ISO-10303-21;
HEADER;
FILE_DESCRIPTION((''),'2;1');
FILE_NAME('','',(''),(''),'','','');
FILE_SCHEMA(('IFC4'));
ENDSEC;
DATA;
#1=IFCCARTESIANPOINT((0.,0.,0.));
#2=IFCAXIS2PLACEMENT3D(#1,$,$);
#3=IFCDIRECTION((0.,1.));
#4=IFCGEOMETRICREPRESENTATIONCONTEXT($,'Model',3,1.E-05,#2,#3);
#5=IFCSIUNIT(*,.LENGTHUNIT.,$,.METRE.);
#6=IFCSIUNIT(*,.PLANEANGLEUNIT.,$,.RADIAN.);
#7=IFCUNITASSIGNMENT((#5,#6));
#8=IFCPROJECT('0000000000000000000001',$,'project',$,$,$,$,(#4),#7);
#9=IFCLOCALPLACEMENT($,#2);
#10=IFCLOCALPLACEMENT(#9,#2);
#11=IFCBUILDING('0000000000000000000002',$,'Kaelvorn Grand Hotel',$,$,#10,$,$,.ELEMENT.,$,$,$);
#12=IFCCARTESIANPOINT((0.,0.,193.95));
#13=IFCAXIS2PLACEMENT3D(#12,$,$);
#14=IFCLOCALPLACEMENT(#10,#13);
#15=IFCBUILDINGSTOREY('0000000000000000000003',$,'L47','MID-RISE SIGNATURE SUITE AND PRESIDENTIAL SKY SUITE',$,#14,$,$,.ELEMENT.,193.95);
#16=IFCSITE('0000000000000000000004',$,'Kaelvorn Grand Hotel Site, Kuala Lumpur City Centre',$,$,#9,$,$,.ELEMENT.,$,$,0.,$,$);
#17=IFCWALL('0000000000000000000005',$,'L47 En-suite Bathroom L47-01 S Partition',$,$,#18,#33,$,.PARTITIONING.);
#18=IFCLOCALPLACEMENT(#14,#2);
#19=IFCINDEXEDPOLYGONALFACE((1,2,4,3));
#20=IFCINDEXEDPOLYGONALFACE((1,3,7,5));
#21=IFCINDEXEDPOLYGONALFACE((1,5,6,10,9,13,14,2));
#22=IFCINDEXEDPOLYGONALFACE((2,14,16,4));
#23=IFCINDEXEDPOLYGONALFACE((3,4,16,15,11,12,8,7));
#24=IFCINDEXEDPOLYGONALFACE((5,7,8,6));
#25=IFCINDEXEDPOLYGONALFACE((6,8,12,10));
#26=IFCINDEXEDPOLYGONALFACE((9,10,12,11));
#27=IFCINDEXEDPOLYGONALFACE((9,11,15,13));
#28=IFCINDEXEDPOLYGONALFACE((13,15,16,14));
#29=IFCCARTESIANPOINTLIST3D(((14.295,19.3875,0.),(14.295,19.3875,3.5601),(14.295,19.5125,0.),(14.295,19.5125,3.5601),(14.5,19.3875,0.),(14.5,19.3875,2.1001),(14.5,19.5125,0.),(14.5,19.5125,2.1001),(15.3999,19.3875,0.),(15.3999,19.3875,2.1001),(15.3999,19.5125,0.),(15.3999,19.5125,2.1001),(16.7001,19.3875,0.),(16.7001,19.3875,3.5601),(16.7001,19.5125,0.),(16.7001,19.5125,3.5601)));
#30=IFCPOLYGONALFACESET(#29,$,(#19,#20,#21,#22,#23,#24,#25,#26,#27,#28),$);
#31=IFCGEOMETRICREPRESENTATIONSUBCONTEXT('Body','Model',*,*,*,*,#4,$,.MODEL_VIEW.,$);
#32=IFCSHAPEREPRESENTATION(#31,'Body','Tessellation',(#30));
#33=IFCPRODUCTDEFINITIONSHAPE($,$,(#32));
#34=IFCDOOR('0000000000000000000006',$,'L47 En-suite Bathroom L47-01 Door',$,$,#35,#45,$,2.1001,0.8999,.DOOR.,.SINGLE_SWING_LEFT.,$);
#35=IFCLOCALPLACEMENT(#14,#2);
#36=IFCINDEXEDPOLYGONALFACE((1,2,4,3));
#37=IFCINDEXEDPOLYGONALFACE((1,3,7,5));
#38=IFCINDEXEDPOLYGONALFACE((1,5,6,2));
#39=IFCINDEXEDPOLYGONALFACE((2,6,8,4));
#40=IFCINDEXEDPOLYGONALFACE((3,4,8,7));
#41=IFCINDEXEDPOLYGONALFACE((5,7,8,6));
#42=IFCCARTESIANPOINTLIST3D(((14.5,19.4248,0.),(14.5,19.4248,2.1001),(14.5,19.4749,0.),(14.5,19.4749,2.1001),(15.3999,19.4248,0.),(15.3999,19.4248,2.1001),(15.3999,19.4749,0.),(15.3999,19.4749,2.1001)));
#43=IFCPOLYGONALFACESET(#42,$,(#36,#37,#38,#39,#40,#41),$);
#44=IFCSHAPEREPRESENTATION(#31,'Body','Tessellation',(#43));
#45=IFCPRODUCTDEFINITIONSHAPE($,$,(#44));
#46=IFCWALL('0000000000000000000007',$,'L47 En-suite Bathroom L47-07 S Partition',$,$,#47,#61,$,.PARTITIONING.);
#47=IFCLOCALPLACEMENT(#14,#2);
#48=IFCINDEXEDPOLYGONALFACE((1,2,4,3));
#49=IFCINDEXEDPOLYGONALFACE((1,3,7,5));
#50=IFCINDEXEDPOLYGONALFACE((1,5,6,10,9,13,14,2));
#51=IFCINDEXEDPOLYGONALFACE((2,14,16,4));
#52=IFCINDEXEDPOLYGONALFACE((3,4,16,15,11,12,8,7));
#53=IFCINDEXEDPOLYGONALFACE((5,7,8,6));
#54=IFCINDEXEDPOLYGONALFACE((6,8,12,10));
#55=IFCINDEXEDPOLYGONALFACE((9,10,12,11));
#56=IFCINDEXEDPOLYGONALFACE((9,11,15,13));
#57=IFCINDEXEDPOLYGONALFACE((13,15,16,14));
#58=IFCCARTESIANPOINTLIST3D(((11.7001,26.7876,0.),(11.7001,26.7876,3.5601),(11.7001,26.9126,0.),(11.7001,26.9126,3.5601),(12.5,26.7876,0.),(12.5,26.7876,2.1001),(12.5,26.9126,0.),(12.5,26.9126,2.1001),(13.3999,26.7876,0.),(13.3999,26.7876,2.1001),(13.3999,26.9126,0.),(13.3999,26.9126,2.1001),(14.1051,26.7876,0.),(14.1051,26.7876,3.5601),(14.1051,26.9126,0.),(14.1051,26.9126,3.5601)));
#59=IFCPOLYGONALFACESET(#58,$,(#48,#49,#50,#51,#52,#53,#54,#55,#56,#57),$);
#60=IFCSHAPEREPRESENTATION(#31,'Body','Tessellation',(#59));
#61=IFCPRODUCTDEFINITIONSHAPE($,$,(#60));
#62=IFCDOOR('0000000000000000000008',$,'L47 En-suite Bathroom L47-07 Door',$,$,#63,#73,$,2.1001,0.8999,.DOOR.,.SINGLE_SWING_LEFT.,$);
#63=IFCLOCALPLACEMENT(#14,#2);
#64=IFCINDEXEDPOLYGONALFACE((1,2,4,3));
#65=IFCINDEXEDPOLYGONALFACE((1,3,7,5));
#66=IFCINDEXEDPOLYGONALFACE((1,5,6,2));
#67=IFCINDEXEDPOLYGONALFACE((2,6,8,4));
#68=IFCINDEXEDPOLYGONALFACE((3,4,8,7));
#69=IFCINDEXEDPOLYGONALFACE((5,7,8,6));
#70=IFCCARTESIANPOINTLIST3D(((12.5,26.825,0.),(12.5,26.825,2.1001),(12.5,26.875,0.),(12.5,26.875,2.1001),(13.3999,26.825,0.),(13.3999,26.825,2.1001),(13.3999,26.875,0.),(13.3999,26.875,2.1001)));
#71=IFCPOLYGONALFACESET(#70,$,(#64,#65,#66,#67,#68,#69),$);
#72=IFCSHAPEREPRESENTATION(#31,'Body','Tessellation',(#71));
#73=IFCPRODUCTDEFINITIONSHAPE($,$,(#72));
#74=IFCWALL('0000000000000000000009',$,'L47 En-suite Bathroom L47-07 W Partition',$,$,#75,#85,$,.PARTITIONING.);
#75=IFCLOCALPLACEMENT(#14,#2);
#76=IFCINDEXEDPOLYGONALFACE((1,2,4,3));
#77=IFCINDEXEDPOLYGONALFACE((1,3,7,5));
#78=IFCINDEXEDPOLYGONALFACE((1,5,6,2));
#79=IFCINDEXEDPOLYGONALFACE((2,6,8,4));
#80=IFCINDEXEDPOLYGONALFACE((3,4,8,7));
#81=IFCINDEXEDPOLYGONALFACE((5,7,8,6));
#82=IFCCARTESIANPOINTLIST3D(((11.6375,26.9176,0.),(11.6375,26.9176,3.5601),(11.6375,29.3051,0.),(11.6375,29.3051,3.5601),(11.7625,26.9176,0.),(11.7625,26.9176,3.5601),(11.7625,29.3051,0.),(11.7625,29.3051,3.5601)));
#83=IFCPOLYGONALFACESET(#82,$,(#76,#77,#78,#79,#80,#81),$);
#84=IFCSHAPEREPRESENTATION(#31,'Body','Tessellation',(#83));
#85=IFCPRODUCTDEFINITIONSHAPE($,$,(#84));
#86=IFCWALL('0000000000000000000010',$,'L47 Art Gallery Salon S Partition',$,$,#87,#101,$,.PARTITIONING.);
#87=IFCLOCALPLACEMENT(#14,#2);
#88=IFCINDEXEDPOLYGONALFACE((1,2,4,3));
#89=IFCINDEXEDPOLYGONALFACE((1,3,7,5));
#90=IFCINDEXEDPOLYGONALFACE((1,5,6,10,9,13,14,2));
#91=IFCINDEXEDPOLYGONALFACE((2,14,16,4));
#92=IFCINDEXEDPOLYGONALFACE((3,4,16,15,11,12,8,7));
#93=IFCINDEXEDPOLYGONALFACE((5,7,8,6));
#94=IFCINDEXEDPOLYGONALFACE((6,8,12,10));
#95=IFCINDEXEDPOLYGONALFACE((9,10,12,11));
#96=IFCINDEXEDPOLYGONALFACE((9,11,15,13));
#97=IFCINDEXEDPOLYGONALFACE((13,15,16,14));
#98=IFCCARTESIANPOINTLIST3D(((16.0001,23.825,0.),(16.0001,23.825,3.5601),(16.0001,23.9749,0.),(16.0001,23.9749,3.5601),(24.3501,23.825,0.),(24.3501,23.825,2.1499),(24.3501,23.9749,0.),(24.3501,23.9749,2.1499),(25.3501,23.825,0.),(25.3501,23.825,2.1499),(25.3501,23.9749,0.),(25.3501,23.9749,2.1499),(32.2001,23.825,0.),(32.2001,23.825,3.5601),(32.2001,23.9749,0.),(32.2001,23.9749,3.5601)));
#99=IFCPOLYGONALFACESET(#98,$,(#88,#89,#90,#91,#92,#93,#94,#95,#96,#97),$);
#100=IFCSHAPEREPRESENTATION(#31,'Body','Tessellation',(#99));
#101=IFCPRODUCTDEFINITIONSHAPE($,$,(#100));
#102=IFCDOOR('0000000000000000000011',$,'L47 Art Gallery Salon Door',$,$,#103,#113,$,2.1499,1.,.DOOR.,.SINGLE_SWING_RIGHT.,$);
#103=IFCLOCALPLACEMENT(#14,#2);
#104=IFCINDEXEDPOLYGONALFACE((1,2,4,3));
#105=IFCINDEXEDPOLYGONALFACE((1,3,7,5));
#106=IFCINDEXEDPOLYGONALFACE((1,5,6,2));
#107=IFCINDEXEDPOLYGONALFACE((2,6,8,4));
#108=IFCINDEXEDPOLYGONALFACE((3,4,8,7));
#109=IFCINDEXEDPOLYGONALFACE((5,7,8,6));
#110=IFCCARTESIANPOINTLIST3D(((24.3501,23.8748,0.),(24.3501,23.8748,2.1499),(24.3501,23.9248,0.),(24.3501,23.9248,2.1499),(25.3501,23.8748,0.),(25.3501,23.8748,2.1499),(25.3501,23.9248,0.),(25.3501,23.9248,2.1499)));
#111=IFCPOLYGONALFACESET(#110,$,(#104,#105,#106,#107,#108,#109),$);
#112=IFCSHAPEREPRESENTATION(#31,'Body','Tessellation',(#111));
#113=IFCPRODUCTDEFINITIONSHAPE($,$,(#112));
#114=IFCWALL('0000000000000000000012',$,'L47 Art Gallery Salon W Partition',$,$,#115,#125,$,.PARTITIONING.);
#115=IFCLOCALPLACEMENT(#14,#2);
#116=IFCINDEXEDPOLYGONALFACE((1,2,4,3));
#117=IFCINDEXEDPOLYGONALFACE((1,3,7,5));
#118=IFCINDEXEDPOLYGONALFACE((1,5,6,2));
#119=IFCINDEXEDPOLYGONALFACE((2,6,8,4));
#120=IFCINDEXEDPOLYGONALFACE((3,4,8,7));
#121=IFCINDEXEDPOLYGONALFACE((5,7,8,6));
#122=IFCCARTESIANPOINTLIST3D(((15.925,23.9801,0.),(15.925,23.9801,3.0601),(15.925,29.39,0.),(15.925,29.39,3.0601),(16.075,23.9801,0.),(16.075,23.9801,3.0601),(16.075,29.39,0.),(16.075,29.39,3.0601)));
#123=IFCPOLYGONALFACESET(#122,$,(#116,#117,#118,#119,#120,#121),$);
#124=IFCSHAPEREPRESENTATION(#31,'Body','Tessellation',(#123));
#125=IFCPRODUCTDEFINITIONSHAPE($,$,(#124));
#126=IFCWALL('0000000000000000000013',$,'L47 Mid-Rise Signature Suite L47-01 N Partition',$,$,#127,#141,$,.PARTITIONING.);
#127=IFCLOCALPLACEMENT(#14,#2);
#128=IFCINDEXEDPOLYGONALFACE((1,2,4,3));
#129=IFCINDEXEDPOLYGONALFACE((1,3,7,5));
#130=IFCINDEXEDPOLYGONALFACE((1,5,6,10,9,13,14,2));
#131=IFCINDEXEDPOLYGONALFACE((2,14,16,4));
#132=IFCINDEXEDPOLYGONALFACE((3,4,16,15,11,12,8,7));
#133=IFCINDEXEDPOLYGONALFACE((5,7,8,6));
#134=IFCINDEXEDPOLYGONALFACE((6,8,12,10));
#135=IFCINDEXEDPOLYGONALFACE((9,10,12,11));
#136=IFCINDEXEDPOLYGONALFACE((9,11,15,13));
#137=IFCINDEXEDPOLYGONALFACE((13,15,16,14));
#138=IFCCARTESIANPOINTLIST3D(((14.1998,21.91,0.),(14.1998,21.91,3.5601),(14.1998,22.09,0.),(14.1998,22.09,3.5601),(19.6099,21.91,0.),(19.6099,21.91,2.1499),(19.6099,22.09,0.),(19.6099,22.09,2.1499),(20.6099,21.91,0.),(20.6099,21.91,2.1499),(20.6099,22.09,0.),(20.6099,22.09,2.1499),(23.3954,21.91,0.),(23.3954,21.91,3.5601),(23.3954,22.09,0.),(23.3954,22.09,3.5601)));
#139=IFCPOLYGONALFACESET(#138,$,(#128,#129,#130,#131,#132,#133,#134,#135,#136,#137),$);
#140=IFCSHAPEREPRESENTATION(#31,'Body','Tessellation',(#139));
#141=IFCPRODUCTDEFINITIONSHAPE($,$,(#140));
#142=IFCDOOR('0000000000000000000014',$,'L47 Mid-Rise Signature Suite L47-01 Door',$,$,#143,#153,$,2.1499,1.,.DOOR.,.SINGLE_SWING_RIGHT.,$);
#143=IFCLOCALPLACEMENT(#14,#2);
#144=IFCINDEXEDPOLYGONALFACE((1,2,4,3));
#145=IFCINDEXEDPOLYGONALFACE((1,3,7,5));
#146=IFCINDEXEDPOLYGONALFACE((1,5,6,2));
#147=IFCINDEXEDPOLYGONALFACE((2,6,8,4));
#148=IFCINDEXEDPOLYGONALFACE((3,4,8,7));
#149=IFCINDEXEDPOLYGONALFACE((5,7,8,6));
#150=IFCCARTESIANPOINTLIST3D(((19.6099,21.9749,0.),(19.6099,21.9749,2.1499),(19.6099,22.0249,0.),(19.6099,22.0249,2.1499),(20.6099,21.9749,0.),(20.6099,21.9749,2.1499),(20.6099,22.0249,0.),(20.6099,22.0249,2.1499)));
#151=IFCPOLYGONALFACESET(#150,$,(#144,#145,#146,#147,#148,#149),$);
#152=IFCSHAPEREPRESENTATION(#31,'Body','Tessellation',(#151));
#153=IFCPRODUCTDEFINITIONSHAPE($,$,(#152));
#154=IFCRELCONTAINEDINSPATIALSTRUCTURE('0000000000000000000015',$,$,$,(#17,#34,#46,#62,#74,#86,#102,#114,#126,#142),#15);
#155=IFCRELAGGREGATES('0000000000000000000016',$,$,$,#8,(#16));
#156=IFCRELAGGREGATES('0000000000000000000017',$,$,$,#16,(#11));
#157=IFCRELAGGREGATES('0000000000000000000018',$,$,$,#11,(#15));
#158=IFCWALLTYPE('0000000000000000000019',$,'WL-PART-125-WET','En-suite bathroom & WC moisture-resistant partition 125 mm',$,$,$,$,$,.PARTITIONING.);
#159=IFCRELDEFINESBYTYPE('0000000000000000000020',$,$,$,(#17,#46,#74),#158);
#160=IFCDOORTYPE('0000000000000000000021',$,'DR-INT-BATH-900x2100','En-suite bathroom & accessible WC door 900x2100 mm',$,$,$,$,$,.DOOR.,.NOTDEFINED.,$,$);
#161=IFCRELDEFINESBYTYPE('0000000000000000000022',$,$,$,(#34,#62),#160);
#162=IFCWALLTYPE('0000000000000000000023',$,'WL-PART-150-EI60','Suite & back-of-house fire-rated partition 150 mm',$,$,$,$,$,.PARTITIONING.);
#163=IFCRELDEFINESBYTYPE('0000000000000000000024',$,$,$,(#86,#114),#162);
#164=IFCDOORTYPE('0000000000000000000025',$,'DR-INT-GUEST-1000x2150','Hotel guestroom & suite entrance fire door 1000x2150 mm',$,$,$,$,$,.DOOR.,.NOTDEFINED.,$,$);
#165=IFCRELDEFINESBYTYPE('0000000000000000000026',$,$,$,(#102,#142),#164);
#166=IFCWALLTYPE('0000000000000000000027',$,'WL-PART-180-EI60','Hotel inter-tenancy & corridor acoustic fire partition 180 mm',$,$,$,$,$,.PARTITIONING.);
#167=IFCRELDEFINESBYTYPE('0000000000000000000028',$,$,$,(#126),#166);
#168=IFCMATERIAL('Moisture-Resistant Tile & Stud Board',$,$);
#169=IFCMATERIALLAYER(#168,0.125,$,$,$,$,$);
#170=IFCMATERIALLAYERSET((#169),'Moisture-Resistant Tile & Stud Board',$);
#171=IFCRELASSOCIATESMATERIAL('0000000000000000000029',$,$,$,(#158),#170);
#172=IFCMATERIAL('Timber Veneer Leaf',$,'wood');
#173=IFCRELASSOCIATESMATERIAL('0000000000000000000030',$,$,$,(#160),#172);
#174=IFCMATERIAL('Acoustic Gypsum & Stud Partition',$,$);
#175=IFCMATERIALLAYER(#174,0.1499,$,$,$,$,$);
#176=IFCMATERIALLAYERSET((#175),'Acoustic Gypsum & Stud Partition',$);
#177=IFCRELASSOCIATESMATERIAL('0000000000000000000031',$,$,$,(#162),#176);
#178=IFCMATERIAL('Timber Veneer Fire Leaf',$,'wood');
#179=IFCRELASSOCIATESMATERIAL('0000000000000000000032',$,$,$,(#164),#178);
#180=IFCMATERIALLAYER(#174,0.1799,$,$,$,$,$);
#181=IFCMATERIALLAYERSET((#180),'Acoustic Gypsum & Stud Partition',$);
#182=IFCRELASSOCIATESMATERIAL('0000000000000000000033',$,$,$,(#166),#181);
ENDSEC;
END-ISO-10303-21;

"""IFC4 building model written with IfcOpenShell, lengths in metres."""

from ifc_helpers import new_model, si_unit, direction, frame, frame_2d, origin, place, context, subcontext, project, spatial, rectangle, extrude, material, layer, layer_set, type_object, element, fill, save


model = new_model("IFC4")

# Units and contexts
model_context = context("Model", 3, precision=1e-05, world=origin(), true_north=direction((0.0, 1.0)))
body_context = subcontext(model_context, "Body", "Model", "MODEL_VIEW")
ifc_project = project(units=[si_unit("LENGTHUNIT", "METRE"), si_unit("PLANEANGLEUNIT", "RADIAN")], contexts=[model_context])

# Site, building, storey
site_placement = place(None, origin())
site = spatial("IfcSite", under=ifc_project, at=site_placement, Name="Kaelvorn Grand Hotel Site, Kuala Lumpur City Centre", CompositionType="ELEMENT", RefElevation=0.0)
building_placement = place(site_placement, origin())
building = spatial("IfcBuilding", under=site, at=building_placement, Name="Kaelvorn Grand Hotel", CompositionType="ELEMENT")
storey_placement = place(building_placement, frame((0.0, 0.0, 193.95)))
storey = spatial("IfcBuildingStorey", under=building, at=storey_placement, Name="L47", Description="MID-RISE SIGNATURE SUITE AND PRESIDENTIAL SKY SUITE", CompositionType="ELEMENT", Elevation=193.95)

# Walls, openings, doors
ifc_material_1 = material(Name="Moisture-Resistant Tile & Stud Board")
ifc_layer_1 = layer(ifc_material_1, 0.125)
ifc_layer_set_1 = layer_set([ifc_layer_1], Name="Moisture-Resistant Tile & Stud Board")
wall_type_1 = type_object("IfcWallType", Name="WL-PART-125-WET", Description="En-suite bathroom & WC moisture-resistant partition 125 mm", PredefinedType="PARTITIONING", material=ifc_layer_set_1)
wall_1_placement = place(storey_placement, frame((14.2949, 19.45, 0.0), z_axis=(0.0, 0.0, 1.0), x_axis=(1.0, 0.0, 0.0)))
wall_1 = element("IfcWall", 1, at=wall_1_placement, inside=storey, type_object=wall_type_1, Name="L47 En-suite Bathroom L47-01 S Partition", PredefinedType="PARTITIONING", context=body_context, shape_type="SweptSolid", body=[
    extrude(rectangle(XDim=2.405, YDim=0.125, at=frame_2d((1.2026, 0.0))), origin(), (0.0, 0.0, 1.0), 3.5601),
])
opening_1_placement = place(wall_1_placement, frame((0.2051, 0.0, 0.0)))
opening_1 = element("IfcOpeningElement", 2, at=opening_1_placement, cuts=wall_1, PredefinedType="OPENING", context=body_context, shape_type="SweptSolid", body=[
    extrude(rectangle(XDim=0.8999, YDim=2.1001, at=frame_2d((0.45, 1.05))), frame((0.0, 0.0725, 0.0), z_axis=(0.0, -1.0, 0.0), x_axis=(1.0, 0.0, 0.0)), (0.0, 0.0, 1.0), 0.145),
])
ifc_material_2 = material(Name="Timber Veneer Leaf", Category="wood")
door_type_1 = type_object("IfcDoorType", Name="DR-INT-BATH-900x2100", Description="En-suite bathroom & accessible WC door 900x2100 mm", OperationType="NOTDEFINED", PredefinedType="DOOR", material=ifc_material_2)
door_1_placement = place(opening_1_placement, origin())
door_1 = element("IfcDoor", 3, at=door_1_placement, inside=storey, type_object=door_type_1, Name="L47 En-suite Bathroom L47-01 Door", OperationType="SINGLE_SWING_LEFT", OverallHeight=2.1001, OverallWidth=0.8999, PredefinedType="DOOR", context=body_context, shape_type="SweptSolid", body=[
    extrude(rectangle(XDim=0.8999, YDim=2.1001, at=frame_2d((0.45, 1.05))), frame((0.0, 0.0249, 0.0), z_axis=(0.0, -1.0, 0.0), x_axis=(1.0, 0.0, 0.0)), (0.0, 0.0, 1.0), 0.05),
])
fill(opening_1, door_1)
wall_2_placement = place(storey_placement, frame((11.7, 26.8501, 0.0), z_axis=(0.0, 0.0, 1.0), x_axis=(1.0, 0.0, 0.0)))
wall_2 = element("IfcWall", 4, at=wall_2_placement, inside=storey, type_object=wall_type_1, Name="L47 En-suite Bathroom L47-07 S Partition", PredefinedType="PARTITIONING", context=body_context, shape_type="SweptSolid", body=[
    extrude(rectangle(XDim=2.405, YDim=0.125, at=frame_2d((1.2026, 0.0))), origin(), (0.0, 0.0, 1.0), 3.5601),
])
opening_2_placement = place(wall_2_placement, frame((0.8, 0.0, 0.0)))
opening_2 = element("IfcOpeningElement", 5, at=opening_2_placement, cuts=wall_2, PredefinedType="OPENING", context=body_context, shape_type="SweptSolid", body=[
    extrude(rectangle(XDim=0.8999, YDim=2.1001, at=frame_2d((0.45, 1.05))), frame((0.0, 0.0725, 0.0), z_axis=(0.0, -1.0, 0.0), x_axis=(1.0, 0.0, 0.0)), (0.0, 0.0, 1.0), 0.145),
])
door_2_placement = place(opening_2_placement, origin())
door_2 = element("IfcDoor", 6, at=door_2_placement, inside=storey, type_object=door_type_1, Name="L47 En-suite Bathroom L47-07 Door", OperationType="SINGLE_SWING_LEFT", OverallHeight=2.1001, OverallWidth=0.8999, PredefinedType="DOOR", context=body_context, shape_type="SweptSolid", body=[
    extrude(rectangle(XDim=0.8999, YDim=2.1001, at=frame_2d((0.45, 1.05))), frame((0.0, 0.0249, 0.0), z_axis=(0.0, -1.0, 0.0), x_axis=(1.0, 0.0, 0.0)), (0.0, 0.0, 1.0), 0.05),
])
fill(opening_2, door_2)

# Wall
wall_3_placement = place(storey_placement, frame((11.7, 26.9175, 0.0), z_axis=(0.0, 0.0, 1.0), x_axis=(0.0, 1.0, 0.0)))
element("IfcWall", 7, at=wall_3_placement, inside=storey, type_object=wall_type_1, Name="L47 En-suite Bathroom L47-07 W Partition", PredefinedType="PARTITIONING", context=body_context, shape_type="SweptSolid", body=[
    extrude(rectangle(XDim=2.3875, YDim=0.125, at=frame_2d((1.1938, 0.0))), origin(), (0.0, 0.0, 1.0), 3.5601),
])

# Wall, opening, door
ifc_material_3 = material(Name="Acoustic Gypsum & Stud Partition")
ifc_layer_2 = layer(ifc_material_3, 0.1499)
ifc_layer_set_2 = layer_set([ifc_layer_2], Name="Acoustic Gypsum & Stud Partition")
wall_type_2 = type_object("IfcWallType", Name="WL-PART-150-EI60", Description="Suite & back-of-house fire-rated partition 150 mm", PredefinedType="PARTITIONING", material=ifc_layer_set_2)
wall_4_placement = place(storey_placement, frame((16.0, 23.8999, 0.0), z_axis=(0.0, 0.0, 1.0), x_axis=(1.0, 0.0, 0.0)))
wall_4 = element("IfcWall", 8, at=wall_4_placement, inside=storey, type_object=wall_type_2, Name="L47 Art Gallery Salon S Partition", PredefinedType="PARTITIONING", context=body_context, shape_type="SweptSolid", body=[
    extrude(rectangle(XDim=16.2, YDim=0.1499, at=frame_2d((8.1001, 0.0))), origin(), (0.0, 0.0, 1.0), 3.5601),
])
opening_3_placement = place(wall_4_placement, frame((8.3501, 0.0, 0.0)))
opening_3 = element("IfcOpeningElement", 9, at=opening_3_placement, cuts=wall_4, PredefinedType="OPENING", context=body_context, shape_type="SweptSolid", body=[
    extrude(rectangle(XDim=1.0, YDim=2.1499, at=frame_2d((0.5, 1.075))), frame((0.0, 0.085, 0.0), z_axis=(0.0, -1.0, 0.0), x_axis=(1.0, 0.0, 0.0)), (0.0, 0.0, 1.0), 0.1699),
])
ifc_material_4 = material(Name="Timber Veneer Fire Leaf", Category="wood")
door_type_2 = type_object("IfcDoorType", Name="DR-INT-GUEST-1000x2150", Description="Hotel guestroom & suite entrance fire door 1000x2150 mm", OperationType="NOTDEFINED", PredefinedType="DOOR", material=ifc_material_4)
door_3_placement = place(opening_3_placement, origin())
door_3 = element("IfcDoor", 10, at=door_3_placement, inside=storey, type_object=door_type_2, Name="L47 Art Gallery Salon Door", OperationType="SINGLE_SWING_RIGHT", OverallHeight=2.1499, OverallWidth=1.0, PredefinedType="DOOR", context=body_context, shape_type="SweptSolid", body=[
    extrude(rectangle(XDim=1.0, YDim=2.1499, at=frame_2d((0.5, 1.075))), frame((0.0, 0.0249, 0.0), z_axis=(0.0, -1.0, 0.0), x_axis=(1.0, 0.0, 0.0)), (0.0, 0.0, 1.0), 0.05),
])
fill(opening_3, door_3)

# Wall
wall_5_placement = place(storey_placement, frame((16.0, 23.98, 0.0), z_axis=(0.0, 0.0, 1.0), x_axis=(0.0, 1.0, 0.0)))
element("IfcWall", 11, at=wall_5_placement, inside=storey, type_object=wall_type_2, Name="L47 Art Gallery Salon W Partition", PredefinedType="PARTITIONING", context=body_context, shape_type="SweptSolid", body=[
    extrude(rectangle(XDim=5.4099, YDim=0.1499, at=frame_2d((2.7051, 0.0))), origin(), (0.0, 0.0, 1.0), 3.0601),
])

# Wall, opening, door
ifc_layer_3 = layer(ifc_material_3, 0.1799)
ifc_layer_set_3 = layer_set([ifc_layer_3], Name="Acoustic Gypsum & Stud Partition")
wall_type_3 = type_object("IfcWallType", Name="WL-PART-180-EI60", Description="Hotel inter-tenancy & corridor acoustic fire partition 180 mm", PredefinedType="PARTITIONING", material=ifc_layer_set_3)
wall_6_placement = place(storey_placement, frame((14.2, 22.0, 0.0), z_axis=(0.0, 0.0, 1.0), x_axis=(1.0, 0.0, 0.0)))
wall_6 = element("IfcWall", 12, at=wall_6_placement, inside=storey, type_object=wall_type_3, Name="L47 Mid-Rise Signature Suite L47-01 N Partition", PredefinedType="PARTITIONING", context=body_context, shape_type="SweptSolid", body=[
    extrude(rectangle(XDim=9.1956, YDim=0.1799, at=frame_2d((4.5977, 0.0))), origin(), (0.0, 0.0, 1.0), 3.5601),
])
opening_4_placement = place(wall_6_placement, frame((5.4099, 0.0, 0.0)))
opening_4 = element("IfcOpeningElement", 13, at=opening_4_placement, cuts=wall_6, PredefinedType="OPENING", context=body_context, shape_type="SweptSolid", body=[
    extrude(rectangle(XDim=1.0, YDim=2.1499, at=frame_2d((0.5, 1.075))), frame((0.0, 0.1001, 0.0), z_axis=(0.0, -1.0, 0.0), x_axis=(1.0, 0.0, 0.0)), (0.0, 0.0, 1.0), 0.2),
])
door_4_placement = place(opening_4_placement, origin())
door_4 = element("IfcDoor", 14, at=door_4_placement, inside=storey, type_object=door_type_2, Name="L47 Mid-Rise Signature Suite L47-01 Door", OperationType="SINGLE_SWING_RIGHT", OverallHeight=2.1499, OverallWidth=1.0, PredefinedType="DOOR", context=body_context, shape_type="SweptSolid", body=[
    extrude(rectangle(XDim=1.0, YDim=2.1499, at=frame_2d((0.5, 1.075))), frame((0.0, 0.0249, 0.0), z_axis=(0.0, -1.0, 0.0), x_axis=(1.0, 0.0, 0.0)), (0.0, 0.0, 1.0), 0.05),
])
fill(opening_4, door_4)

save(model, "model.ifc")
